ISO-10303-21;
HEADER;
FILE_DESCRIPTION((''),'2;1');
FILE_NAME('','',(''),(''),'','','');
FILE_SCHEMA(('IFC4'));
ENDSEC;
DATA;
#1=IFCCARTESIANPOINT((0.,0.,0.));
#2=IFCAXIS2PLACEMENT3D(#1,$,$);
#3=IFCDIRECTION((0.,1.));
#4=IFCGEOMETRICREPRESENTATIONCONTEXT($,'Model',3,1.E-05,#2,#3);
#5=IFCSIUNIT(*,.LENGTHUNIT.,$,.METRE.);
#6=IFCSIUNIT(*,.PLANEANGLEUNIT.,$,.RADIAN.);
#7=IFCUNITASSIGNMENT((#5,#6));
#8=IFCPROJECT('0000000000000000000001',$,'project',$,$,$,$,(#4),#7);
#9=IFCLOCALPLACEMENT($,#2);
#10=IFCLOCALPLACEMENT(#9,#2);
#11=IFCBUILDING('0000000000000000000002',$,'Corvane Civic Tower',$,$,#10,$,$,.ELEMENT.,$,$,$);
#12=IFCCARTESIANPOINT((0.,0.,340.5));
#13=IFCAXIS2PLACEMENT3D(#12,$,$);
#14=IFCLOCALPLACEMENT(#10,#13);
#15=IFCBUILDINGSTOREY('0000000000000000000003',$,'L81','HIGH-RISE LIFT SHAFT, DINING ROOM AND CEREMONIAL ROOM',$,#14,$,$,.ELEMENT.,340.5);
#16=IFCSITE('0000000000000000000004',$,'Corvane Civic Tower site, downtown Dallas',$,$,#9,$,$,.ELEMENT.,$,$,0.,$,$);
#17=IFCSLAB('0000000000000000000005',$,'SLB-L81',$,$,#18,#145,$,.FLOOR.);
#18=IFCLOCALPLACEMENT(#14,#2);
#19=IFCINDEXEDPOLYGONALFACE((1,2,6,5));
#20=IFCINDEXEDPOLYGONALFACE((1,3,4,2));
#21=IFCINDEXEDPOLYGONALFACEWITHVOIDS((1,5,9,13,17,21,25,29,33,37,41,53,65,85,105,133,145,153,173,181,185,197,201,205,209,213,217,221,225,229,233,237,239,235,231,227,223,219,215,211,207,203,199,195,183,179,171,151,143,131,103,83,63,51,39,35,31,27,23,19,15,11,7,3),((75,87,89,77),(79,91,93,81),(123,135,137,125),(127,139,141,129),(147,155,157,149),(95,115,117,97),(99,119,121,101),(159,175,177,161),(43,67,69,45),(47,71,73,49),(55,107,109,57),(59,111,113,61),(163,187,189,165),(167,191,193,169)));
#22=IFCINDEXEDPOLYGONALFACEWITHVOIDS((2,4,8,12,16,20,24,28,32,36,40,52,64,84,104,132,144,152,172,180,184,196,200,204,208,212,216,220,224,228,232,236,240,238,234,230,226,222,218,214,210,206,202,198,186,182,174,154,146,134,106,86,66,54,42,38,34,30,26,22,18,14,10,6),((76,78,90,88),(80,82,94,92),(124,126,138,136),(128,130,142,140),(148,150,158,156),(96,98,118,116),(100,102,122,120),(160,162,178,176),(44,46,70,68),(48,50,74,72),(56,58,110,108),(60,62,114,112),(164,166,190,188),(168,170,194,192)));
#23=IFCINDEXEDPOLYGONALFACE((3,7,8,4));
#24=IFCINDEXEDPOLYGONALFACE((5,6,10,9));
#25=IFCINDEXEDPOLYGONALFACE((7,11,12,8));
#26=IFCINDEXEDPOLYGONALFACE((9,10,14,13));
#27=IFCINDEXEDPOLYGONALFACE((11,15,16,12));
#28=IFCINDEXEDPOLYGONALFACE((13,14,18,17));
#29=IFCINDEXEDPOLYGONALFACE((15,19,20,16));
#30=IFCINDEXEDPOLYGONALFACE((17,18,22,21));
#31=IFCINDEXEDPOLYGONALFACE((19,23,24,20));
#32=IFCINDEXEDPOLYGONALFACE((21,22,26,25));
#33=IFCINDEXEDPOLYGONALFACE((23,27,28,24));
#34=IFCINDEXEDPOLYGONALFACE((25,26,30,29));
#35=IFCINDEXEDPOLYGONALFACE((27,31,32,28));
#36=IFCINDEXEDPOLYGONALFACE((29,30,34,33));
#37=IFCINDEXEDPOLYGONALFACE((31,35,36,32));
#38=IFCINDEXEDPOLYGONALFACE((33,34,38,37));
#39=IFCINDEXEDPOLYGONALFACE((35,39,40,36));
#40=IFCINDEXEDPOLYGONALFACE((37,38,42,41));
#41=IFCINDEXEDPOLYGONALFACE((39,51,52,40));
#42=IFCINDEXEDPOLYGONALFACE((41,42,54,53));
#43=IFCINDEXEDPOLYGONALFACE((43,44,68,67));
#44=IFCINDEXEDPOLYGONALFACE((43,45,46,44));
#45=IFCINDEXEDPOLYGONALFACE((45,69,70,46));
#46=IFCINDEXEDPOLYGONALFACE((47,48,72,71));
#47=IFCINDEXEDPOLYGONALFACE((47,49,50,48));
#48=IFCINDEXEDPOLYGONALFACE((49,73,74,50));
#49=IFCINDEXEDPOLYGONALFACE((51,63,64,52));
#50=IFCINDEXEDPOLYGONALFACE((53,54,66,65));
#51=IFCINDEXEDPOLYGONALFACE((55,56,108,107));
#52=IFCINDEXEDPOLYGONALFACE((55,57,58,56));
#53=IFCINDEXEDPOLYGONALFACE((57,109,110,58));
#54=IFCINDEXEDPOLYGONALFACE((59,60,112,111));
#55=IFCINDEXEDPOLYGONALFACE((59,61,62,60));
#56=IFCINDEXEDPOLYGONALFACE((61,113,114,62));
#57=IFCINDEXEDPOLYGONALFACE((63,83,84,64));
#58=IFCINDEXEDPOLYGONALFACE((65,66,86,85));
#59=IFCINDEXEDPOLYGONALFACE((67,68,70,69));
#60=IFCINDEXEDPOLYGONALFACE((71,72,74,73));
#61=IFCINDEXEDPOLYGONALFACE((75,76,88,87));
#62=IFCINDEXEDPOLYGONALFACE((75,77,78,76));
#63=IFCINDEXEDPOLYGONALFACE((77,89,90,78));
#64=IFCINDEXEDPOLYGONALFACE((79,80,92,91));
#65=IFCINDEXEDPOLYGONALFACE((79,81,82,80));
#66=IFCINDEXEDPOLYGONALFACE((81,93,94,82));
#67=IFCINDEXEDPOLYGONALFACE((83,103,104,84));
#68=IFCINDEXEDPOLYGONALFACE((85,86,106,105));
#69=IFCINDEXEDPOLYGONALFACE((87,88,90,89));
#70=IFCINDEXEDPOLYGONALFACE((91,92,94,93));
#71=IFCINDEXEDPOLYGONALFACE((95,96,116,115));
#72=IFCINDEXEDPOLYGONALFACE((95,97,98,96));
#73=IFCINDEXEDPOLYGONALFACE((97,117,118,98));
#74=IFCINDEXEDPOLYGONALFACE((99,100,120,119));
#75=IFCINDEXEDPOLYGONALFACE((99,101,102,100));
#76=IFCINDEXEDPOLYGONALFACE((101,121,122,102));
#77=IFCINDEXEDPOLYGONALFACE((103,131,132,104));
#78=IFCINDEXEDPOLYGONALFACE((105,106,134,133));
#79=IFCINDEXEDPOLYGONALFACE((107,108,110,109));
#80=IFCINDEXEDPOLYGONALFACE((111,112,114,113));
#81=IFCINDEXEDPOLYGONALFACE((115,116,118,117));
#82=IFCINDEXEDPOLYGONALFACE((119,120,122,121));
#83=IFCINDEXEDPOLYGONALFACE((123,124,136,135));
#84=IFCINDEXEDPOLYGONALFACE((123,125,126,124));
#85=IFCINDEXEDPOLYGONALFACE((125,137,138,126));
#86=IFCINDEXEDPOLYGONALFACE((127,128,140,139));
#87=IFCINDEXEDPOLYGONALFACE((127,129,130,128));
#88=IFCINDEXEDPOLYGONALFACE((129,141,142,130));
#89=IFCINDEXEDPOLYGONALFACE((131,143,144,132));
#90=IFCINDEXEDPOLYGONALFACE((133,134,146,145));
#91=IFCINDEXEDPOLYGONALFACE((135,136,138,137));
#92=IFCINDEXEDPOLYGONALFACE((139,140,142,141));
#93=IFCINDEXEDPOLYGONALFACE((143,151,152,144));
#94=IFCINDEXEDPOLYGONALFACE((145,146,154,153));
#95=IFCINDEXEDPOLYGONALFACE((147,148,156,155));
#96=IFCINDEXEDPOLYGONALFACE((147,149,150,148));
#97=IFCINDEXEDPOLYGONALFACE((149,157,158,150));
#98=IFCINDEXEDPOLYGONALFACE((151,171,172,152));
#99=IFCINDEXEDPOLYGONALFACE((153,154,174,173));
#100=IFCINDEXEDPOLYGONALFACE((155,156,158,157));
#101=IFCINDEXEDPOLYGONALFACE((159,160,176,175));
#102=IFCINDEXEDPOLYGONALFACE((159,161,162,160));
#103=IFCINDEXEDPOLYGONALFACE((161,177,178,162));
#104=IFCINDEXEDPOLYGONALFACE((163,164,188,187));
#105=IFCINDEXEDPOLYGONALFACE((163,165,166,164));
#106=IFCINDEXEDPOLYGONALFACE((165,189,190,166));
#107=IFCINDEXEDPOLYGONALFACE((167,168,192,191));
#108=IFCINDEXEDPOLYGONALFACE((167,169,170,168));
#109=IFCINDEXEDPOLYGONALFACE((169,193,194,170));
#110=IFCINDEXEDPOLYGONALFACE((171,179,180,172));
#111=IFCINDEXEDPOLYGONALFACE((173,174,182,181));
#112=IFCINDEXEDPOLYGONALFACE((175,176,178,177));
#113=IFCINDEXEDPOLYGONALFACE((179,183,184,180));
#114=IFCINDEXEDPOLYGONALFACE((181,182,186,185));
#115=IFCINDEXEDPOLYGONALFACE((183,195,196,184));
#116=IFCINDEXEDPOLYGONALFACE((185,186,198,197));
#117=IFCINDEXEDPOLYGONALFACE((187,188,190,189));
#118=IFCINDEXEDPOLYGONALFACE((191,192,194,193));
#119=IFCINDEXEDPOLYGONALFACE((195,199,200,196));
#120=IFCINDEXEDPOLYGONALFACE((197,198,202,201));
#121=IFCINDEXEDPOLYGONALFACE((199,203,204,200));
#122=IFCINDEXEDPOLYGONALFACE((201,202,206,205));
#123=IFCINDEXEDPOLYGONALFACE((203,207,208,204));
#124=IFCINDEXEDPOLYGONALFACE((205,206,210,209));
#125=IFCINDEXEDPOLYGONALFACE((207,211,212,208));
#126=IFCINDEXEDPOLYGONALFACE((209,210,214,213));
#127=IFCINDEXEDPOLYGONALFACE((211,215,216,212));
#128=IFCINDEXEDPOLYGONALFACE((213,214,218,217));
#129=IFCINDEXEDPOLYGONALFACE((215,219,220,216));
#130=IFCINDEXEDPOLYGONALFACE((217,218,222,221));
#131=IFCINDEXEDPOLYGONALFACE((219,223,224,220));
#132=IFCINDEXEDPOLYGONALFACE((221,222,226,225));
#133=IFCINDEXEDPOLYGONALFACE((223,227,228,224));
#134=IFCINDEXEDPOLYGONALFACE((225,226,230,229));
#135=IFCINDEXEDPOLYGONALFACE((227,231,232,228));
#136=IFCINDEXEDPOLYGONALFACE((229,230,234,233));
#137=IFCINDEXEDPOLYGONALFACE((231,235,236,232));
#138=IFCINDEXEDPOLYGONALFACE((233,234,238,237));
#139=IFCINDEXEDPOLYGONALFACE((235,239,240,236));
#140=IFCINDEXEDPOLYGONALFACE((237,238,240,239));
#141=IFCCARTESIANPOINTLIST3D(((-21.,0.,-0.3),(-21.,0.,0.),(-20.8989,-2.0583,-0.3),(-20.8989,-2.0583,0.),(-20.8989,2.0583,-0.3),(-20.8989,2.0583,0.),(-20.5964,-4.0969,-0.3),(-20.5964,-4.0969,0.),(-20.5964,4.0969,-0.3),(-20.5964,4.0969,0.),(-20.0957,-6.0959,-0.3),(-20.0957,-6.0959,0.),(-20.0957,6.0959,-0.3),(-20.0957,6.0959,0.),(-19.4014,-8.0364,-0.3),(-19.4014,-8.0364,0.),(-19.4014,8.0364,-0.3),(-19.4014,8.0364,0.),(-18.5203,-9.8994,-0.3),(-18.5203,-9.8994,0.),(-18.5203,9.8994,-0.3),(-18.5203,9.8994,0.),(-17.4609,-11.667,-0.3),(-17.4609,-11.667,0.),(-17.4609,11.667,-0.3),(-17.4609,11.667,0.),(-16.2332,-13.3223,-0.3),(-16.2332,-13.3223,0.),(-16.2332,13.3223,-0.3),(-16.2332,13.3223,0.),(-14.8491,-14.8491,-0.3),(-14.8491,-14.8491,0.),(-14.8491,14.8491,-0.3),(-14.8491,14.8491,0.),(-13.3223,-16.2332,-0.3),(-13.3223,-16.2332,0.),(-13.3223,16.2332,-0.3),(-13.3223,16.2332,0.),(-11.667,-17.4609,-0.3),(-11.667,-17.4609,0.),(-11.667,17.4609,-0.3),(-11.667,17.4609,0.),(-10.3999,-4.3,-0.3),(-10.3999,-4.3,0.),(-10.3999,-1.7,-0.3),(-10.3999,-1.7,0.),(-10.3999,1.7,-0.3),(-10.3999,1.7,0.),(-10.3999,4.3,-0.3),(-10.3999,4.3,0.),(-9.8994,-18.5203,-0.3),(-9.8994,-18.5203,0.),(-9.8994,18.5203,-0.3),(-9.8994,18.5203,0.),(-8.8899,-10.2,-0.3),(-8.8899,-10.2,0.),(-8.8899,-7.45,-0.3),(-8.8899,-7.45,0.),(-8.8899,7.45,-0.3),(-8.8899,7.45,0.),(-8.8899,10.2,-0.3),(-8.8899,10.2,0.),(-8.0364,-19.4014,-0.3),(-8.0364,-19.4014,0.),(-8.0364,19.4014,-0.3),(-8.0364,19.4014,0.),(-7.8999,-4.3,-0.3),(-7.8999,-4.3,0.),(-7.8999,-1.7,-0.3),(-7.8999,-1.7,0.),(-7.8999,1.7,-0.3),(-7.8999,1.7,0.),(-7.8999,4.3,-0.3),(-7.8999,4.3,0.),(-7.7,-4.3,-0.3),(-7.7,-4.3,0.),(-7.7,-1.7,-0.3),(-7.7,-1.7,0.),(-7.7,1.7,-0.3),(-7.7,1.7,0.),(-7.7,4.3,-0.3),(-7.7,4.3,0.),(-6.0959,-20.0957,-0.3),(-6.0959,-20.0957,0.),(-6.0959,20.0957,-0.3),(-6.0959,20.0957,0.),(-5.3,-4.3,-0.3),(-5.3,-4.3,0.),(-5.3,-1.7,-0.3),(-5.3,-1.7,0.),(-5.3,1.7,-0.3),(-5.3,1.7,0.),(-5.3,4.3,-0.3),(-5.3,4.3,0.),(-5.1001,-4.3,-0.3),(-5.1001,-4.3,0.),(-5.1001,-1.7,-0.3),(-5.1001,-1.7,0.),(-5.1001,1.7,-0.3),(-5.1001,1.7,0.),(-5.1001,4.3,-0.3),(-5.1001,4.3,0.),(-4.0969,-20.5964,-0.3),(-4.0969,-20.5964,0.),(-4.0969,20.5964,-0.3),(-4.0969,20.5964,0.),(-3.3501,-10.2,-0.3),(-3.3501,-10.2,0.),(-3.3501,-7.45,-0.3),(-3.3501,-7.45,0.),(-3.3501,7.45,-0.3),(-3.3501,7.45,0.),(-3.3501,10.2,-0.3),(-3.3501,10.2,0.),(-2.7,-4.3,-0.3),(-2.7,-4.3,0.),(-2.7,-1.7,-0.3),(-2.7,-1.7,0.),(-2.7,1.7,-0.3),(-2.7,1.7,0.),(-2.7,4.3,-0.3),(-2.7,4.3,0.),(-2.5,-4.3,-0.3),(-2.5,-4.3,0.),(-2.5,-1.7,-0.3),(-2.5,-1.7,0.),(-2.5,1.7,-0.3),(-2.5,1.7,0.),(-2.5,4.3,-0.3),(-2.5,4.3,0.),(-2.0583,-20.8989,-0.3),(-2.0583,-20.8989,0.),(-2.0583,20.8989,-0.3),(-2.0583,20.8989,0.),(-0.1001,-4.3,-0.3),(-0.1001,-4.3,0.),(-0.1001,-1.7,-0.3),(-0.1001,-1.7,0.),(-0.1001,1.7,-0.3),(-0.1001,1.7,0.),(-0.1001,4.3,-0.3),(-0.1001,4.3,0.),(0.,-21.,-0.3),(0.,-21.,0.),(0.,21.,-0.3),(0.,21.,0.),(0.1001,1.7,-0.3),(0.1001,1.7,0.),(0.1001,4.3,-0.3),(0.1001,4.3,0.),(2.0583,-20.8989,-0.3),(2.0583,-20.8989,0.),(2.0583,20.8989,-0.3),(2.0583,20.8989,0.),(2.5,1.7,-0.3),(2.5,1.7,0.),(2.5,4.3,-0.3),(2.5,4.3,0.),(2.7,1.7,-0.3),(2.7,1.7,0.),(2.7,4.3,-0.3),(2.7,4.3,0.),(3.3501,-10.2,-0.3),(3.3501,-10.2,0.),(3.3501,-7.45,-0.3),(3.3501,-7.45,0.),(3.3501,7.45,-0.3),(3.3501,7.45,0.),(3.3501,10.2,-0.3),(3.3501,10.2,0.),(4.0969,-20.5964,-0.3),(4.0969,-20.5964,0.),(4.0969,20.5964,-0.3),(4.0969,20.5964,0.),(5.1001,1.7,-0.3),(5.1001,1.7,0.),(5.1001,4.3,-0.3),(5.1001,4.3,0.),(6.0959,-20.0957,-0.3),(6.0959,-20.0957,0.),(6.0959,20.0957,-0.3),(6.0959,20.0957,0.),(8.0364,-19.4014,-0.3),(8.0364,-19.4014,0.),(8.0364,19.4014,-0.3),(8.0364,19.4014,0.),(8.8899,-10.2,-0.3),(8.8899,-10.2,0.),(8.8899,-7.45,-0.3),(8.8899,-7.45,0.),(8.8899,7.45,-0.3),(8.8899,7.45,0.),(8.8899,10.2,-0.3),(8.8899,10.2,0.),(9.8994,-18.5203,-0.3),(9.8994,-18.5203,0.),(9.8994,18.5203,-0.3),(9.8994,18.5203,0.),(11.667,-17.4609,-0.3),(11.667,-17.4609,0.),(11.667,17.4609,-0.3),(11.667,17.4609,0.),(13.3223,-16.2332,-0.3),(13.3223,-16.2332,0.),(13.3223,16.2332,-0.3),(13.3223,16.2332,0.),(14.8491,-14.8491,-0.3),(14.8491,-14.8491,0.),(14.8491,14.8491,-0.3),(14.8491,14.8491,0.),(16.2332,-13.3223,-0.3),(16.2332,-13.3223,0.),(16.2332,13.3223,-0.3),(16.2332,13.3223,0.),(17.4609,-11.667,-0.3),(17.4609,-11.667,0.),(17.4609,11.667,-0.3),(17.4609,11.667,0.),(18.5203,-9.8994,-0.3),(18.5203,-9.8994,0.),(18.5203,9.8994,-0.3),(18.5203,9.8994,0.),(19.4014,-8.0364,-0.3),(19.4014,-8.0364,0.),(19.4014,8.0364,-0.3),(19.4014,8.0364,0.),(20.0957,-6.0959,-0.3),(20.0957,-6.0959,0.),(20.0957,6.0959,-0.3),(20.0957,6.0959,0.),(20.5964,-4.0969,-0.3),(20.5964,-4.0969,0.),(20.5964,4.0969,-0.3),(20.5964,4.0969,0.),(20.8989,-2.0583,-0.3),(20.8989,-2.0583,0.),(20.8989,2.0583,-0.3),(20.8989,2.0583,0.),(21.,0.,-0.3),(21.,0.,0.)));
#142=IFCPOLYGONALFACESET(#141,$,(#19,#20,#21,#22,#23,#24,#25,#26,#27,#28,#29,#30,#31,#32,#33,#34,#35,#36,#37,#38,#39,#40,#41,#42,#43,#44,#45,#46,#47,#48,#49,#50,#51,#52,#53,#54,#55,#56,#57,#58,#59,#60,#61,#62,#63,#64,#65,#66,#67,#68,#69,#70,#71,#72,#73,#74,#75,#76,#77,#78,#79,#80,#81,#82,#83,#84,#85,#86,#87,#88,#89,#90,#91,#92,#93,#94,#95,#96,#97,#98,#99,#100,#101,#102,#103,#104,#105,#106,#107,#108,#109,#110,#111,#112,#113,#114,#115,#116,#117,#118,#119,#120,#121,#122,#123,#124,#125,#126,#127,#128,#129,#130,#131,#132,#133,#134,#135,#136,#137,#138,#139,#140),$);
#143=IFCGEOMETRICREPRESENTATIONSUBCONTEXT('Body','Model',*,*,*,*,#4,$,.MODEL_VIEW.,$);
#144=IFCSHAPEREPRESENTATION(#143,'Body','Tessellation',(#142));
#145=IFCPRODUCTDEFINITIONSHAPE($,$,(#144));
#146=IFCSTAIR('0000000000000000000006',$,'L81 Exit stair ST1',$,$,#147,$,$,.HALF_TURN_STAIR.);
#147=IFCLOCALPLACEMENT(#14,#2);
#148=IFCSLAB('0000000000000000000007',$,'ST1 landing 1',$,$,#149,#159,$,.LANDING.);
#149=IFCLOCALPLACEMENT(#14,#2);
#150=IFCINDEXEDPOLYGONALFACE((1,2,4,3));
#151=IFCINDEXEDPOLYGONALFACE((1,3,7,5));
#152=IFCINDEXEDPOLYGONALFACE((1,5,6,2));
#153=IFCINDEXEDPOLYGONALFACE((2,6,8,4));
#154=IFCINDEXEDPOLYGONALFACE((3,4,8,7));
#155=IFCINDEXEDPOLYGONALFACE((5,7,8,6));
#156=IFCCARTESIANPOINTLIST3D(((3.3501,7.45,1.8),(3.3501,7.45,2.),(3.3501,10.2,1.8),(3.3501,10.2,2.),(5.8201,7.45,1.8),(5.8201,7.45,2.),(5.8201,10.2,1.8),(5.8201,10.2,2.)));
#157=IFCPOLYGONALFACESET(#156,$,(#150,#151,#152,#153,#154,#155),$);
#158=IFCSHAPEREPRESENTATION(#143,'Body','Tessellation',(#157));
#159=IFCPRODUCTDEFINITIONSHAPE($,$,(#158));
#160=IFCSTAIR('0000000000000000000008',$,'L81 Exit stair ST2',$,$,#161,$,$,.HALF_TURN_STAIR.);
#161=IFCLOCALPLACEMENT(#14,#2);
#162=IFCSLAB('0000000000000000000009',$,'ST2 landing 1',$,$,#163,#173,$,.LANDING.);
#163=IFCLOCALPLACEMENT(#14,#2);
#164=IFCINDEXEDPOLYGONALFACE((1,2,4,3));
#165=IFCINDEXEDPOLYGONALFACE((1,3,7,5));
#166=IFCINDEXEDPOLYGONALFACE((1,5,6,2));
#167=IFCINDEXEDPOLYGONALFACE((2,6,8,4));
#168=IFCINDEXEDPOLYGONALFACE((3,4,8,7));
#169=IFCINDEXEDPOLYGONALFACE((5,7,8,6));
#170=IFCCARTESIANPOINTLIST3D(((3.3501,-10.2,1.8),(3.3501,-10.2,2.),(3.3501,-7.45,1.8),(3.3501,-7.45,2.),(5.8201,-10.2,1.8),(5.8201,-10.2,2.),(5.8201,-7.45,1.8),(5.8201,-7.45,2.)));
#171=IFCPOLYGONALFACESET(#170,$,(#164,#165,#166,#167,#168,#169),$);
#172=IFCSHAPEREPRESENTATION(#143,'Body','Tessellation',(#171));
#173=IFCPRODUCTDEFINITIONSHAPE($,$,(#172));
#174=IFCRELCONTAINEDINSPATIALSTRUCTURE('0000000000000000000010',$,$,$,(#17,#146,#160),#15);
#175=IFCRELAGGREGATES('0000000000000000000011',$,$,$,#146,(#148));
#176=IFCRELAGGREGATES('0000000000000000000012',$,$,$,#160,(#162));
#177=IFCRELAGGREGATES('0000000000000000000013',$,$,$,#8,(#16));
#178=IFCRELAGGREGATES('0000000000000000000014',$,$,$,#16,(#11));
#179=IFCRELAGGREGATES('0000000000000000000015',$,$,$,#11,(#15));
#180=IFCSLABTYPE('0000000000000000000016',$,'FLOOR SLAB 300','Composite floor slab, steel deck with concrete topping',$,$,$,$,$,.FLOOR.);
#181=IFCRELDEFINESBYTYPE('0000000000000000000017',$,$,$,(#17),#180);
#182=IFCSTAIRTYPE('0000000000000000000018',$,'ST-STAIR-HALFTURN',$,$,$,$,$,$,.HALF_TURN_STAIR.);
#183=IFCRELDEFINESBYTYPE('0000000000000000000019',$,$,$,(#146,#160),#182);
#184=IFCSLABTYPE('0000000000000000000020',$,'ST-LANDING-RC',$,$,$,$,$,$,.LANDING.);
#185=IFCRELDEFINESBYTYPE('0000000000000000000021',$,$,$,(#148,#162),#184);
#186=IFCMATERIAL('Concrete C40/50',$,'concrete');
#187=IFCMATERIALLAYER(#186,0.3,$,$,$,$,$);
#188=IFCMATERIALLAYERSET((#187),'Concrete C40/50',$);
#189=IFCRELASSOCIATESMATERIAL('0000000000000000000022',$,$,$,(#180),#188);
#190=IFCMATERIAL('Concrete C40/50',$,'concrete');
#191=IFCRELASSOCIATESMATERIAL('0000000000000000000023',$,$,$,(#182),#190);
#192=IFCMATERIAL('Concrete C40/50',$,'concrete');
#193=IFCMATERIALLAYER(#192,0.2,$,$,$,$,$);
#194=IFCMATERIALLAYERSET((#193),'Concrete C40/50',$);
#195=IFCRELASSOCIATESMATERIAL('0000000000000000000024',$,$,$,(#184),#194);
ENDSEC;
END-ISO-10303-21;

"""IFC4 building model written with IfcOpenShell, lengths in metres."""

from ifc_helpers import new_model, si_unit, direction, frame, origin, place, context, subcontext, project, spatial, polyline, outline, extrude, material, layer, layer_set, type_object, element, aggregate, save


model = new_model("IFC4")

# Units and contexts
model_context = context("Model", 3, precision=1e-05, world=origin(), true_north=direction((0.0, 1.0)))
body_context = subcontext(model_context, "Body", "Model", "MODEL_VIEW")
ifc_project = project(units=[si_unit("LENGTHUNIT", "METRE"), si_unit("PLANEANGLEUNIT", "RADIAN")], contexts=[model_context])

# Site, building, storey
site_placement = place(None, origin())
site = spatial("IfcSite", under=ifc_project, at=site_placement, Name="Corvane Civic Tower site, downtown Dallas", CompositionType="ELEMENT", RefElevation=0.0)
building_placement = place(site_placement, origin())
building = spatial("IfcBuilding", under=site, at=building_placement, Name="Corvane Civic Tower", CompositionType="ELEMENT")
storey_placement = place(building_placement, frame((0.0, 0.0, 340.5)))
storey = spatial("IfcBuildingStorey", under=building, at=storey_placement, Name="L81", Description="HIGH-RISE LIFT SHAFT, DINING ROOM AND CEREMONIAL ROOM", CompositionType="ELEMENT", Elevation=340.5)

# Slab
ifc_material_1 = material(Name="Concrete C40/50", Category="concrete")
ifc_layer_1 = layer(ifc_material_1, 0.3)
ifc_layer_set_1 = layer_set([ifc_layer_1], Name="Concrete C40/50")
slab_type_1 = type_object("IfcSlabType", Name="FLOOR SLAB 300", Description="Composite floor slab, steel deck with concrete topping", PredefinedType="FLOOR", material=ifc_layer_set_1)
slab_1_placement = place(storey_placement, frame((0.0, 0.0, -0.3)))
element("IfcSlab", 1, at=slab_1_placement, inside=storey, type_object=slab_type_1, Name="SLB-L81", PredefinedType="FLOOR", context=body_context, shape_type="SweptSolid", body=[
    extrude(outline(polyline([(0.0, 21.0), (-2.0583, 20.8989), (-4.0969, 20.5964), (-6.0959, 20.0957), (-8.0364, 19.4014), (-9.8994, 18.5203), (-11.667, 17.4609), (-13.3223, 16.2332), (-14.8491, 14.8491), (-16.2332, 13.3223), (-17.4609, 11.667), (-18.5203, 9.8994), (-19.4014, 8.0364), (-20.0957, 6.0959), (-20.5964, 4.0969), (-20.8989, 2.0583), (-21.0, 0.0), (-20.8989, -2.0583), (-20.5964, -4.0969), (-20.0957, -6.0959), (-19.4014, -8.0364), (-18.5203, -9.8994), (-17.4609, -11.667), (-16.2332, -13.3223), (-14.8491, -14.8491), (-13.3223, -16.2332), (-11.667, -17.4609), (-9.8994, -18.5203), (-8.0364, -19.4014), (-6.0959, -20.0957), (-4.0969, -20.5964), (-2.0583, -20.8989), (0.0, -21.0), (2.0583, -20.8989), (4.0969, -20.5964), (6.0959, -20.0957), (8.0364, -19.4014), (9.8994, -18.5203), (11.667, -17.4609), (13.3223, -16.2332), (14.8491, -14.8491), (16.2332, -13.3223), (17.4609, -11.667), (18.5203, -9.8994), (19.4014, -8.0364), (20.0957, -6.0959), (20.5964, -4.0969), (20.8989, -2.0583), (21.0, 0.0), (20.8989, 2.0583), (20.5964, 4.0969), (20.0957, 6.0959), (19.4014, 8.0364), (18.5203, 9.8994), (17.4609, 11.667), (16.2332, 13.3223), (14.8491, 14.8491), (13.3223, 16.2332), (11.667, 17.4609), (9.8994, 18.5203), (8.0364, 19.4014), (6.0959, 20.0957), (4.0969, 20.5964), (2.0583, 20.8989), (0.0, 21.0)]), holes=[polyline([(-10.3999, 4.3), (-7.8999, 4.3), (-7.8999, 1.7), (-10.3999, 1.7), (-10.3999, 4.3)]), polyline([(-5.3, 1.7), (-7.7, 1.7), (-7.7, 4.3), (-5.3, 4.3), (-5.3, 1.7)]), polyline([(-5.1001, 4.3), (-2.7, 4.3), (-2.7, 1.7), (-5.1001, 1.7), (-5.1001, 4.3)]), polyline([(-0.1001, 1.7), (-2.5, 1.7), (-2.5, 4.3), (-0.1001, 4.3), (-0.1001, 1.7)]), polyline([(2.5, 1.7), (0.1001, 1.7), (0.1001, 4.3), (2.5, 4.3), (2.5, 1.7)]), polyline([(2.7, 4.3), (5.1001, 4.3), (5.1001, 1.7), (2.7, 1.7), (2.7, 4.3)]), polyline([(-10.3999, -1.7), (-7.8999, -1.7), (-7.8999, -4.3), (-10.3999, -4.3), (-10.3999, -1.7)]), polyline([(-5.3, -1.7), (-5.3, -4.3), (-7.7, -4.3), (-7.7, -1.7), (-5.3, -1.7)]), polyline([(-2.7, -1.7), (-2.7, -4.3), (-5.1001, -4.3), (-5.1001, -1.7), (-2.7, -1.7)]), polyline([(-2.5, -4.3), (-2.5, -1.7), (-0.1001, -1.7), (-0.1001, -4.3), (-2.5, -4.3)]), polyline([(8.8899, 10.2), (8.8899, 7.45), (3.3501, 7.45), (3.3501, 10.2), (8.8899, 10.2)]), polyline([(-8.8899, 7.45), (-8.8899, 10.2), (-3.3501, 10.2), (-3.3501, 7.45), (-8.8899, 7.45)]), polyline([(8.8899, -7.45), (8.8899, -10.2), (3.3501, -10.2), (3.3501, -7.45), (8.8899, -7.45)]), polyline([(-8.8899, -10.2), (-8.8899, -7.45), (-3.3501, -7.45), (-3.3501, -10.2), (-8.8899, -10.2)])]), origin(), (0.0, 0.0, 1.0), 0.3),
])

# Stairs, slabs
ifc_material_2 = material(Name="Concrete C40/50", Category="concrete")
stair_type = type_object("IfcStairType", Name="ST-STAIR-HALFTURN", PredefinedType="HALF_TURN_STAIR", material=ifc_material_2)
stair_1_placement = place(storey_placement, origin())
stair_1 = element("IfcStair", 2, at=stair_1_placement, inside=storey, type_object=stair_type, Name="L81 Exit stair ST1", PredefinedType="HALF_TURN_STAIR")
ifc_material_3 = material(Name="Concrete C40/50", Category="concrete")
ifc_layer_2 = layer(ifc_material_3, 0.2)
ifc_layer_set_2 = layer_set([ifc_layer_2], Name="Concrete C40/50")
slab_type_2 = type_object("IfcSlabType", Name="ST-LANDING-RC", PredefinedType="LANDING", material=ifc_layer_set_2)
slab_2_placement = place(storey_placement, frame((0.0, 0.0, 1.8)))
slab_2 = element("IfcSlab", 3, at=slab_2_placement, type_object=slab_type_2, Name="ST1 landing 1", PredefinedType="LANDING", context=body_context, shape_type="SweptSolid", body=[
    extrude(outline(polyline([(5.8201, 10.2), (3.3501, 10.2), (3.3501, 7.45), (5.8201, 7.45), (5.8201, 10.2)])), origin(), (0.0, 0.0, 1.0), 0.2),
])
aggregate(stair_1, [slab_2])
stair_2_placement = place(storey_placement, origin())
stair_2 = element("IfcStair", 4, at=stair_2_placement, inside=storey, type_object=stair_type, Name="L81 Exit stair ST2", PredefinedType="HALF_TURN_STAIR")
slab_3_placement = place(storey_placement, frame((0.0, 0.0, 1.8)))
slab_3 = element("IfcSlab", 5, at=slab_3_placement, type_object=slab_type_2, Name="ST2 landing 1", PredefinedType="LANDING", context=body_context, shape_type="SweptSolid", body=[
    extrude(outline(polyline([(5.8201, -7.45), (3.3501, -7.45), (3.3501, -10.2), (5.8201, -10.2), (5.8201, -7.45)])), origin(), (0.0, 0.0, 1.0), 0.2),
])
aggregate(stair_2, [slab_3])

save(model, "model.ifc")
